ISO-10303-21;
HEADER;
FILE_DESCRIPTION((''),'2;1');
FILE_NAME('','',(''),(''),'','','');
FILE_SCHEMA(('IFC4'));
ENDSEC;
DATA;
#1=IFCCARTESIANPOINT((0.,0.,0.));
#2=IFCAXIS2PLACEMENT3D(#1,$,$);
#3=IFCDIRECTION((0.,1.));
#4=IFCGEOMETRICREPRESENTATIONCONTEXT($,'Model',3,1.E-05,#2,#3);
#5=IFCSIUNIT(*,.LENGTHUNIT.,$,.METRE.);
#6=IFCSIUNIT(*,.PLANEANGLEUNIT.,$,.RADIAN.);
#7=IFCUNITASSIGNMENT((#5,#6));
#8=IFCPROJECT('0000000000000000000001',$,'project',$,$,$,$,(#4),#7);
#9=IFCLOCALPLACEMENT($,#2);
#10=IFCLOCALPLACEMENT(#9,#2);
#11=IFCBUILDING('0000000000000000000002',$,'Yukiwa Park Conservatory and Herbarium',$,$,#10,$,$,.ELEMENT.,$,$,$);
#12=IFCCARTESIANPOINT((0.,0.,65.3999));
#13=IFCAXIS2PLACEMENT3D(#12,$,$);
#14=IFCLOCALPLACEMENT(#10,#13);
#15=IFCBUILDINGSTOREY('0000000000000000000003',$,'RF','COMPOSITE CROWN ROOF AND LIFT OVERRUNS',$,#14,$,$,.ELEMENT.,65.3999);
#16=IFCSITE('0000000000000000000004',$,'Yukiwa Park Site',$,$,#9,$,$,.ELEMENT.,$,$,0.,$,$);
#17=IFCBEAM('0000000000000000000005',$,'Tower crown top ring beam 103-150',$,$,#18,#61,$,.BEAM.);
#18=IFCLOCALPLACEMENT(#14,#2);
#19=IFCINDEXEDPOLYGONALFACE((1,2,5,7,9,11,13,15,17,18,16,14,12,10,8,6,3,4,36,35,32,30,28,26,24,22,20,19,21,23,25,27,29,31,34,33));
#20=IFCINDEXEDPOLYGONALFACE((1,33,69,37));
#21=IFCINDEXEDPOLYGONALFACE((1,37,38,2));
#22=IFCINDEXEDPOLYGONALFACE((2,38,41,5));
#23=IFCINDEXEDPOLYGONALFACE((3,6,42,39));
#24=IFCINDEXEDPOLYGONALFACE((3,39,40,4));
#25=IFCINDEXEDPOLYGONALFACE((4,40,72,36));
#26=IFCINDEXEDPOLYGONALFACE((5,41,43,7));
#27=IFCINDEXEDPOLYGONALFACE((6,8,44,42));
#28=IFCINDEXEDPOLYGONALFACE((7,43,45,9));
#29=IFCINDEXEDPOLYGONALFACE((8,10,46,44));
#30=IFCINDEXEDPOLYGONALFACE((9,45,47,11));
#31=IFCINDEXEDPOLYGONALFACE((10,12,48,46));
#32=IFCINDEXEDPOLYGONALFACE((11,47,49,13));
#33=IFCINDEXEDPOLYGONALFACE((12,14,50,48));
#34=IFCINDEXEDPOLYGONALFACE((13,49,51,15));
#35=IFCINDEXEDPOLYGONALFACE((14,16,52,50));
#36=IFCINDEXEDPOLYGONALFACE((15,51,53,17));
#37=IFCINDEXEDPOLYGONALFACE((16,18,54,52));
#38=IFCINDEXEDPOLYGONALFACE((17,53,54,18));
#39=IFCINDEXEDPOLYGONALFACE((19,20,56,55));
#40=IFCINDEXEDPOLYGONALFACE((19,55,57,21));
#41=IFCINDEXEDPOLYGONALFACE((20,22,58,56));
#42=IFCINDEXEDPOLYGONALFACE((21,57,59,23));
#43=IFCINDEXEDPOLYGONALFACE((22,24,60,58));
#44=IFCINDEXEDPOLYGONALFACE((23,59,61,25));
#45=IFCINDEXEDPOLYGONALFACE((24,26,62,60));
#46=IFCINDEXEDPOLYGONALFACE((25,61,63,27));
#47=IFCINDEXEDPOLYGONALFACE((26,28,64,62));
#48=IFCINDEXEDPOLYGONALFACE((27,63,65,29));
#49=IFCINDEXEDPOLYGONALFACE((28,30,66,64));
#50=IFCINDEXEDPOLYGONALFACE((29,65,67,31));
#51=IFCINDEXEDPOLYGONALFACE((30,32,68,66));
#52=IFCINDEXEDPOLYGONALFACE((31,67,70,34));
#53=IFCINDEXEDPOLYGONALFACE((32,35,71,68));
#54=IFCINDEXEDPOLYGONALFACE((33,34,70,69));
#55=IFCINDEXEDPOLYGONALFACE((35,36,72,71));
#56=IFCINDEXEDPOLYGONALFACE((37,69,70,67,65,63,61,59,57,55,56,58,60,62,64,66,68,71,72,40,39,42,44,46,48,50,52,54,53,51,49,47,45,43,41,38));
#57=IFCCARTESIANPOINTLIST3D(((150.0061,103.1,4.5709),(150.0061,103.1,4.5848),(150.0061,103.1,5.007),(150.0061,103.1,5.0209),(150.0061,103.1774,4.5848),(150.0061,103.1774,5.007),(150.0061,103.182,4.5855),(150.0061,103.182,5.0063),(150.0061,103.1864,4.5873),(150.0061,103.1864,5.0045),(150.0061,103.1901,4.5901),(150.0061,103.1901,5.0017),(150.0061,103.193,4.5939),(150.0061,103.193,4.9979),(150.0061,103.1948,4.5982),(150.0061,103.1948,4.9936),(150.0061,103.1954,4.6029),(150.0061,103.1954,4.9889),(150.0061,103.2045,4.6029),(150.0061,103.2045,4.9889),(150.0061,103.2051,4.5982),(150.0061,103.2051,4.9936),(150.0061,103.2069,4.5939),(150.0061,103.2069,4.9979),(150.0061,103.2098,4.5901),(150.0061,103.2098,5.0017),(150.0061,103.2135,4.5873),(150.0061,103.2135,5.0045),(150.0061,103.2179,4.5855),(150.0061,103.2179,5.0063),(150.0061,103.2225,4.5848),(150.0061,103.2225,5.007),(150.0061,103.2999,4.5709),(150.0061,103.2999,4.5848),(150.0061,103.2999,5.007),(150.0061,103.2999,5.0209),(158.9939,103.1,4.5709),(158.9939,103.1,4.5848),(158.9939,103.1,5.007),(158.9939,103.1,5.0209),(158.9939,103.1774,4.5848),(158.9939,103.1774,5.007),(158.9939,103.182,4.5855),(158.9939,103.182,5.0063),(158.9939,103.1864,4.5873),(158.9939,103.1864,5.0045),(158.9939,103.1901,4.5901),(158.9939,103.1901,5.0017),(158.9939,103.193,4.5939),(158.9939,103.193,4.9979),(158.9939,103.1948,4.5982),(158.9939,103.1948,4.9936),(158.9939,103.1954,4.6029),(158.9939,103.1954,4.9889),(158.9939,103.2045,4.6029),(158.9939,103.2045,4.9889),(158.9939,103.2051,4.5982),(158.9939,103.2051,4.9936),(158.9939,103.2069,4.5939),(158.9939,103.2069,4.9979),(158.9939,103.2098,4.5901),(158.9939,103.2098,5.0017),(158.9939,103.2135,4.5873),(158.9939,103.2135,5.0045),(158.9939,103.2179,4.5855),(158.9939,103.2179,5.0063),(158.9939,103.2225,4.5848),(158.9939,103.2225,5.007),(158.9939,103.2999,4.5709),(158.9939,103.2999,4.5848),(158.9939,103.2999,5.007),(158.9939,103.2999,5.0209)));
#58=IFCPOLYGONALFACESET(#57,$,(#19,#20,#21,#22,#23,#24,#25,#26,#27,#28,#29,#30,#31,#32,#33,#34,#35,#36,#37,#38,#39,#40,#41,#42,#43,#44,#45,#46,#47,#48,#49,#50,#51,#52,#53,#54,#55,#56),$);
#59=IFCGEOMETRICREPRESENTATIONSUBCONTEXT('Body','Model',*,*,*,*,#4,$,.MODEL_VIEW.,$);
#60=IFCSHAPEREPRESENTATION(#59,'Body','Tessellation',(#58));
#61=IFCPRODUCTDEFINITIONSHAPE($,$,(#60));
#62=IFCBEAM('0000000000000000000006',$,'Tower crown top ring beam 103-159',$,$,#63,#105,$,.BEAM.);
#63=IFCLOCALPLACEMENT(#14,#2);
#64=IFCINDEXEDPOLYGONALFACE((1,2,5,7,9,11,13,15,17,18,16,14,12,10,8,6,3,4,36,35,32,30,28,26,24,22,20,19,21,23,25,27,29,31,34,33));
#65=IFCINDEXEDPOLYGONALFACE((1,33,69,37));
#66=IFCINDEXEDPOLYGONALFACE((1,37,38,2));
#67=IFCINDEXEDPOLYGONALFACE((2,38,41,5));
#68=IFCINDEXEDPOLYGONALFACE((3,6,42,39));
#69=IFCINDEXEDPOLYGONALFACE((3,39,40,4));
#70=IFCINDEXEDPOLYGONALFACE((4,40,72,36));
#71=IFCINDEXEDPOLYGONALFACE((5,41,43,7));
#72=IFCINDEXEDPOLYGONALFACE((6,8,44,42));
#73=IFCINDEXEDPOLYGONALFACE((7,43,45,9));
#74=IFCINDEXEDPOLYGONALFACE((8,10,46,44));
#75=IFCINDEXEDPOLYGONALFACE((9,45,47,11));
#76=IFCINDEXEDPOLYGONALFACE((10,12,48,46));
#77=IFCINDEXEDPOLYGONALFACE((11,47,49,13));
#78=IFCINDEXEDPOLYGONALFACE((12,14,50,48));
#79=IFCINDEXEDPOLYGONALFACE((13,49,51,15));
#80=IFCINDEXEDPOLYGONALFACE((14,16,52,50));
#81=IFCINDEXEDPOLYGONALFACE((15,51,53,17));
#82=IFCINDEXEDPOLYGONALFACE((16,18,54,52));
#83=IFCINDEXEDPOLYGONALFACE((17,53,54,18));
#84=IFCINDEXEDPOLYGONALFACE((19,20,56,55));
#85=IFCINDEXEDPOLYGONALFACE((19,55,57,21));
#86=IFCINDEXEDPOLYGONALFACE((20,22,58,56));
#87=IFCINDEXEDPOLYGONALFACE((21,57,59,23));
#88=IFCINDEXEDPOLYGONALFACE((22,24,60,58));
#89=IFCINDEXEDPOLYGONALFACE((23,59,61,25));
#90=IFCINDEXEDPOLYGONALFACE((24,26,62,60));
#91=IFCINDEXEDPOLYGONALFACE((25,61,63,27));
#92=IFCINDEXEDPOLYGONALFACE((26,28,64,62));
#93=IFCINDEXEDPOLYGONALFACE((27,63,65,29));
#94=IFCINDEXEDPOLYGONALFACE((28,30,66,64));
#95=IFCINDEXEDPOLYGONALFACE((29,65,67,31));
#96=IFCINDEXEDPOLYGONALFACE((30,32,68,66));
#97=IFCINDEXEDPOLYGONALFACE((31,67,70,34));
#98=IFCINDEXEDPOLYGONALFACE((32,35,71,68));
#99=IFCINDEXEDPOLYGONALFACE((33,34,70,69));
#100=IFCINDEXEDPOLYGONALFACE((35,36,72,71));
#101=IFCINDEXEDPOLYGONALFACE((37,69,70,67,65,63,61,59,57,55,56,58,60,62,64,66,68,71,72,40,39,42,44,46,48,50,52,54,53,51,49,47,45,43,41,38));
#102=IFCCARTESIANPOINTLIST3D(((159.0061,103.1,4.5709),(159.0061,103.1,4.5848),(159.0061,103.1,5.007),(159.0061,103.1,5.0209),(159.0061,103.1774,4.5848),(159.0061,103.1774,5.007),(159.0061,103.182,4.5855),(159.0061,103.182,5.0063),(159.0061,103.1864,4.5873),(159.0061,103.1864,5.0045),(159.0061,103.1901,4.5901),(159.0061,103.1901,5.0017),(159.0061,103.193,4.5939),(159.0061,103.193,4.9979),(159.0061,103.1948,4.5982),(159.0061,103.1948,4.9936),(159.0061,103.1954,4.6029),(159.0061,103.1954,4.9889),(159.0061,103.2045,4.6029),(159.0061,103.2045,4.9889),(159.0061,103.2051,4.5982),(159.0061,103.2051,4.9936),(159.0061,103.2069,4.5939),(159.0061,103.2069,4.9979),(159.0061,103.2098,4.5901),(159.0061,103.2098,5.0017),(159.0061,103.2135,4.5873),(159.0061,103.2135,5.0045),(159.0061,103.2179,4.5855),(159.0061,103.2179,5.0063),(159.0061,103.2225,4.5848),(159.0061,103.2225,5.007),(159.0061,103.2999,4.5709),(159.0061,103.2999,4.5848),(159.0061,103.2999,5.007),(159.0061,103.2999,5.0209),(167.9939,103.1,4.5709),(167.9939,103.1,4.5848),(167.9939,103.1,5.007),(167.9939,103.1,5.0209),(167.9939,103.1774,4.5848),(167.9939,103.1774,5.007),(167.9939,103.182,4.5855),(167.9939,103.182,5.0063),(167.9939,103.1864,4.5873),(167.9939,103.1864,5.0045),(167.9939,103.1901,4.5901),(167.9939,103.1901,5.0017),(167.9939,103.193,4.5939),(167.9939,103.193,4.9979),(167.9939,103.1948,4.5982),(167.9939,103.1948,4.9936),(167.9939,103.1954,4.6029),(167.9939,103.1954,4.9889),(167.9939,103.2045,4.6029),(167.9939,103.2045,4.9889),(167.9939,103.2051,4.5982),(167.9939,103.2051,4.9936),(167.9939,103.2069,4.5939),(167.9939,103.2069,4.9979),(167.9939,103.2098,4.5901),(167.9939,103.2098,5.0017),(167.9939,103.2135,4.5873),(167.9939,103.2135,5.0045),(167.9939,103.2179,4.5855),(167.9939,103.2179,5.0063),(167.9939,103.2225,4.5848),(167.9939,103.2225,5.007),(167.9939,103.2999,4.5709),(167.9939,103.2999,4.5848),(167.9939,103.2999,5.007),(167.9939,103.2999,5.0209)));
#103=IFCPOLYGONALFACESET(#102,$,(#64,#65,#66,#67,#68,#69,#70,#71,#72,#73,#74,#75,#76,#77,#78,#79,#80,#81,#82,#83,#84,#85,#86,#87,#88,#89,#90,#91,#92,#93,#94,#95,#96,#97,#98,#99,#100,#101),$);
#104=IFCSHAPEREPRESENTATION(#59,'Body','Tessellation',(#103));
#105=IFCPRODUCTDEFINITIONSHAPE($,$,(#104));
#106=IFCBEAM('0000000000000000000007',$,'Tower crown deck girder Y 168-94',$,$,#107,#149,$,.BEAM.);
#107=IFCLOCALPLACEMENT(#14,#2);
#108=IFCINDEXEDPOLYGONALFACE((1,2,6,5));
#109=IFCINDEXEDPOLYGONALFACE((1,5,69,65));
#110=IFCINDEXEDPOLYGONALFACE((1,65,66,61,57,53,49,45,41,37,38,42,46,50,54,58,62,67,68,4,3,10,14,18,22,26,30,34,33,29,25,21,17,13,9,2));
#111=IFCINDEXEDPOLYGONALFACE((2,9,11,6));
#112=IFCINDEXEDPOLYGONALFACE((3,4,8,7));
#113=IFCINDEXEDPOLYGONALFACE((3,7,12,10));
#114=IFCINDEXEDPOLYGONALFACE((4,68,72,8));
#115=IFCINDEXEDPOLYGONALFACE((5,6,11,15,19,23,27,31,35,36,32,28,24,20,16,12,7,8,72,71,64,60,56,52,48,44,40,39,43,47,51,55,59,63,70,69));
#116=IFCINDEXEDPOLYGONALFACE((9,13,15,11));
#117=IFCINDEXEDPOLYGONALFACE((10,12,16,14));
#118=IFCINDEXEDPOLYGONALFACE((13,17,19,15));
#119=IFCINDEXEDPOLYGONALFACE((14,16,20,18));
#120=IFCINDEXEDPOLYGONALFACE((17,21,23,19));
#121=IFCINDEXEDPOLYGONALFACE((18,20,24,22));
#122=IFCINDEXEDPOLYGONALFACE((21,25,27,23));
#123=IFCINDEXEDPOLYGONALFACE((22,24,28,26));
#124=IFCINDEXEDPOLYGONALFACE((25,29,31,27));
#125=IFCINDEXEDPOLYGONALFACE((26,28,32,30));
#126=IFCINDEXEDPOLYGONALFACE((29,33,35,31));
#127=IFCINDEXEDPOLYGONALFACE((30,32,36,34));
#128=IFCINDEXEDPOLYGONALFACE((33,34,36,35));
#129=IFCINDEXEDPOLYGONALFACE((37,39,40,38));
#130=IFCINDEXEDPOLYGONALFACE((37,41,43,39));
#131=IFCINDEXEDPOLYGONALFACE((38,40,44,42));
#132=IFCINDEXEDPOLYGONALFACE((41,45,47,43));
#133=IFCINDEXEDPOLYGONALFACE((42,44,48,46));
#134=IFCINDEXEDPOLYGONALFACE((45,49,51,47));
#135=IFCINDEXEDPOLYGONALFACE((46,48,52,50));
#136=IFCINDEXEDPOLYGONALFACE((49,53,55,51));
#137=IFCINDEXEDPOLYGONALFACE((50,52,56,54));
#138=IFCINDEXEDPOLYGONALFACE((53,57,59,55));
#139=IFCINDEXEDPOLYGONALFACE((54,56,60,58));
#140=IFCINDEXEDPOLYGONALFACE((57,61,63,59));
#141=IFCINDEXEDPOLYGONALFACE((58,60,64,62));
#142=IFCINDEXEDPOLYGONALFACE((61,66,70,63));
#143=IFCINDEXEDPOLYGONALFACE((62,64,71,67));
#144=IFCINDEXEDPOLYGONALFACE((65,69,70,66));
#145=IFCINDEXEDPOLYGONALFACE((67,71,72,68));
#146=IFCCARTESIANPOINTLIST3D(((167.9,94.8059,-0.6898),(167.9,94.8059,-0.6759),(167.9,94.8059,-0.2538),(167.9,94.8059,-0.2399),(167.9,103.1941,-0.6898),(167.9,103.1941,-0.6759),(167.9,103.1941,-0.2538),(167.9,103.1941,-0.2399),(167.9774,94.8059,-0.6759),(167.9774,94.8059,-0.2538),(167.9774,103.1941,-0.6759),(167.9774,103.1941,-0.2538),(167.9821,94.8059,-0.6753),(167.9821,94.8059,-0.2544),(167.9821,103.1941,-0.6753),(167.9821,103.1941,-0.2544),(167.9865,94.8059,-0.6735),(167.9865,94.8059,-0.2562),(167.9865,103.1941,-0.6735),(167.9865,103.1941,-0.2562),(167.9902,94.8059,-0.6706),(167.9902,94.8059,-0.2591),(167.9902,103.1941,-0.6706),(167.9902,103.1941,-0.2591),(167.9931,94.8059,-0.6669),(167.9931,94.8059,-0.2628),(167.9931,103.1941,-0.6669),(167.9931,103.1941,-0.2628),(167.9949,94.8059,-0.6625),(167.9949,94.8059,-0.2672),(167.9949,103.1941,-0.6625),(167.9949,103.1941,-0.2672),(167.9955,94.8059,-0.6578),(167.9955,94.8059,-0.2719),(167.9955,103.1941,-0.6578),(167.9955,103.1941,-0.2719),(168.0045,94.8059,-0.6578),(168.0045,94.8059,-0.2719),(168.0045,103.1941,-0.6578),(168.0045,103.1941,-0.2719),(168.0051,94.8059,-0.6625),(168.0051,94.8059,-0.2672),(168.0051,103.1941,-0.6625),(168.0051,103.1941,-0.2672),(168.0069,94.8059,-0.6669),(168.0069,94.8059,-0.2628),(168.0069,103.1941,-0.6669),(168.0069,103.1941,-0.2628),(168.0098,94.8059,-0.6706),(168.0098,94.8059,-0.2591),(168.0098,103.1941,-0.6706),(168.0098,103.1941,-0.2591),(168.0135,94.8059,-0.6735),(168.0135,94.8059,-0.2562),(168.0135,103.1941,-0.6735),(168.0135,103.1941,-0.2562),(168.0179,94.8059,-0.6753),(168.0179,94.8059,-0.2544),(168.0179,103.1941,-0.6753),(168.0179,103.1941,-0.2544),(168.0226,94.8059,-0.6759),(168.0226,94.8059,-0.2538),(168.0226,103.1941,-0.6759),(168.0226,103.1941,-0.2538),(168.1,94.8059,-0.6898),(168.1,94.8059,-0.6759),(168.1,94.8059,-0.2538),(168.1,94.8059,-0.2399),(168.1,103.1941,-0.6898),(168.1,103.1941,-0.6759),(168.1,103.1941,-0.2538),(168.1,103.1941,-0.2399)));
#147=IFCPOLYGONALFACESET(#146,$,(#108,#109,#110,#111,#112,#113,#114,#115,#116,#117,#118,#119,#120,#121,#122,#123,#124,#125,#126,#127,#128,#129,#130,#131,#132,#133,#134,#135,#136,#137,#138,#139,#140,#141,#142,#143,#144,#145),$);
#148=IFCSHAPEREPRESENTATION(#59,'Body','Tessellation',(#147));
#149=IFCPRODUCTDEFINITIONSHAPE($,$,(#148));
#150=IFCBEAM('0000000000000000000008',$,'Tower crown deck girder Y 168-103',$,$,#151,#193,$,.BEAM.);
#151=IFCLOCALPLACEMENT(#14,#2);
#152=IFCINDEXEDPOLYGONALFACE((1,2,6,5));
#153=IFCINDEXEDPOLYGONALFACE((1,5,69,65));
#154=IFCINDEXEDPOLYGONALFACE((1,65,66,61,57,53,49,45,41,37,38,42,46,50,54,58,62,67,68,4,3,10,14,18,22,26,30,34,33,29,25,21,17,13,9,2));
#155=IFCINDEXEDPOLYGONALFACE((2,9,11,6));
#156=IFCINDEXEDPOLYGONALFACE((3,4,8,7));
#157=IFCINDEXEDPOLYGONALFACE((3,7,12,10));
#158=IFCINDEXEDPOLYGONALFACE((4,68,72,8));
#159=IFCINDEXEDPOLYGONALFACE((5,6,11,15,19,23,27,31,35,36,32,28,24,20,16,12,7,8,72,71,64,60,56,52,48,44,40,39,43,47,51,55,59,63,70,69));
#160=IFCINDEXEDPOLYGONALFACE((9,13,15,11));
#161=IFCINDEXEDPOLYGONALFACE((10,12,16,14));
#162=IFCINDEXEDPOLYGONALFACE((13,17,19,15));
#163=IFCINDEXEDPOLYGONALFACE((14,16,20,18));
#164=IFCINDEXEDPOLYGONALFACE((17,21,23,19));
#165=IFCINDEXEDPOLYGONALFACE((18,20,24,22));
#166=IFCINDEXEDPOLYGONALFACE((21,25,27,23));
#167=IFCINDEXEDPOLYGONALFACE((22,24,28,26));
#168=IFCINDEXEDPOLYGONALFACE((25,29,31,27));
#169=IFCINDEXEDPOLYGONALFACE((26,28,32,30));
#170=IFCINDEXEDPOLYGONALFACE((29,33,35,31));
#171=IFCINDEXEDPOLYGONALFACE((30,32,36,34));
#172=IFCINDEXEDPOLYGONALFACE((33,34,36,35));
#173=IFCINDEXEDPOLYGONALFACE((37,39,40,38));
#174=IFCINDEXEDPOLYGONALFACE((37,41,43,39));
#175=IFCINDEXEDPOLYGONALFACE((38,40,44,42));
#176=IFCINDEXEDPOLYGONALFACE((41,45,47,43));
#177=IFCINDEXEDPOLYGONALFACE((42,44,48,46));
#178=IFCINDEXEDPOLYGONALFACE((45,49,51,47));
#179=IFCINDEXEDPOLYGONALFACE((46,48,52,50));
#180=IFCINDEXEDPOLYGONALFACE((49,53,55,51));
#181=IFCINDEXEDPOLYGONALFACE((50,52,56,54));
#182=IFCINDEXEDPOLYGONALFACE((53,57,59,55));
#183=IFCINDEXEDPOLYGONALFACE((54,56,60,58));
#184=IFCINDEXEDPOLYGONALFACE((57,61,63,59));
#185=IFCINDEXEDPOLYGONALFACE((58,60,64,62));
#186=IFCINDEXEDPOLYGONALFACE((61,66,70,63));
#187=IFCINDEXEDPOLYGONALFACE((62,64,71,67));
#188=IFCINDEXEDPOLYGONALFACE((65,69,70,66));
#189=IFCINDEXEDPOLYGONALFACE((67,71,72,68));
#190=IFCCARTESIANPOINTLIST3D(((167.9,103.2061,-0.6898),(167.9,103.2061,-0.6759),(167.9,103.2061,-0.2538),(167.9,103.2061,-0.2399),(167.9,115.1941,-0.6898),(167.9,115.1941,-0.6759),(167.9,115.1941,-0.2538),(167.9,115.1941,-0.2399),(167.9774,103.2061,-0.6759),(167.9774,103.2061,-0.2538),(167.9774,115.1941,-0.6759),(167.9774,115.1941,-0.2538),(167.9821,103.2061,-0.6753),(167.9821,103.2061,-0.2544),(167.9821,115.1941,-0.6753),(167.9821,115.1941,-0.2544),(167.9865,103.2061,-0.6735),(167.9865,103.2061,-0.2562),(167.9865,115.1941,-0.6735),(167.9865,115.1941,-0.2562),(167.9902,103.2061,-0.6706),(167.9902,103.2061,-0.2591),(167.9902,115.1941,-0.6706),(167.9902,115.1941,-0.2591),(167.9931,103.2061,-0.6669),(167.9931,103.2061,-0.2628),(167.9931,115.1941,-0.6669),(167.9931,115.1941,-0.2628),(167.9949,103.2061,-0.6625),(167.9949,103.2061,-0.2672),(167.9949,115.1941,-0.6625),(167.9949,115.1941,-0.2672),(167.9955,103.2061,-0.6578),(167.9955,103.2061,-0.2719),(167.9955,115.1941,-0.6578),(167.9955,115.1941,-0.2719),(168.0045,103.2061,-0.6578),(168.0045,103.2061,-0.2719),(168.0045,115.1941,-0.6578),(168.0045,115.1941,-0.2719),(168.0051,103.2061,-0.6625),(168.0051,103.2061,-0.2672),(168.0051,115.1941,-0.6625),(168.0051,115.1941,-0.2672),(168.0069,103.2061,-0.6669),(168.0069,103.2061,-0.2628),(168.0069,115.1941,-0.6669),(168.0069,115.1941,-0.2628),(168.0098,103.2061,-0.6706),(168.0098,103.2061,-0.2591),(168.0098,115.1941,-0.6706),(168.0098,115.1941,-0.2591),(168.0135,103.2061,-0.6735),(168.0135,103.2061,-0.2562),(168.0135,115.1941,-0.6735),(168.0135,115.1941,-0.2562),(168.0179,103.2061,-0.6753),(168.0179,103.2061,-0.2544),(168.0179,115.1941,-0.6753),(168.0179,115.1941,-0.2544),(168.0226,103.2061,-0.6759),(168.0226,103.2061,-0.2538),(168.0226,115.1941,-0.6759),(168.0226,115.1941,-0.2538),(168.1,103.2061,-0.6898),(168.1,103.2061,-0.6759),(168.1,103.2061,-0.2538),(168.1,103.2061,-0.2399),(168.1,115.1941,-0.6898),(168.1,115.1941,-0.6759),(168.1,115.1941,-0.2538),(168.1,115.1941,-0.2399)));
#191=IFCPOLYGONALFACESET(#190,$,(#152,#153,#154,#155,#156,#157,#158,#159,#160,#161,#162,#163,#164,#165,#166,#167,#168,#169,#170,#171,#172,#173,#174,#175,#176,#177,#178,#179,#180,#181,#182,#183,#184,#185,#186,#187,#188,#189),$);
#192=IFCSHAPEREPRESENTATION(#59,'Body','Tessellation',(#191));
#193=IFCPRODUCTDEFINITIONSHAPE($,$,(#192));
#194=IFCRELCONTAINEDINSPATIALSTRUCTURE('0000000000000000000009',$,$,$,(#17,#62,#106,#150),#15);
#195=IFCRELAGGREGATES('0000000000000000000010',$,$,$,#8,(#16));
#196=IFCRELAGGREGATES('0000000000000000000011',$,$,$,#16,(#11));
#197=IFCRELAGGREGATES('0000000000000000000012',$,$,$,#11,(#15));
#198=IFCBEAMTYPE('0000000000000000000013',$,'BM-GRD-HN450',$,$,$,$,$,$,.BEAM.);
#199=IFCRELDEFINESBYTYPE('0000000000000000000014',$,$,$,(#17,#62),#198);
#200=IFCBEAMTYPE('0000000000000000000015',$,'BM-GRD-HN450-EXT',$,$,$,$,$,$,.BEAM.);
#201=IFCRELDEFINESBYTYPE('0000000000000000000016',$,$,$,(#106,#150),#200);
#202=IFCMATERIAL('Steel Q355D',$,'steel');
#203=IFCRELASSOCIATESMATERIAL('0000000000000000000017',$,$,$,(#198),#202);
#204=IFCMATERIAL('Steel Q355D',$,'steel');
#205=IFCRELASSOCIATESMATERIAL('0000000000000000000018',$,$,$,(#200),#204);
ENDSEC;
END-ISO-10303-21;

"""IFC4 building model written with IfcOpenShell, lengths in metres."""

from ifc_helpers import new_model, si_unit, direction, frame, origin, origin_2d, place, context, subcontext, project, spatial, i_section, extrude, material, material_profile, profile_set, type_object, element, save


model = new_model("IFC4")

# Units and contexts
model_context = context("Model", 3, precision=1e-05, world=origin(), true_north=direction((0.0, 1.0)))
body_context = subcontext(model_context, "Body", "Model", "MODEL_VIEW")
ifc_project = project(units=[si_unit("LENGTHUNIT", "METRE"), si_unit("PLANEANGLEUNIT", "RADIAN")], contexts=[model_context])

# Site, building, storey
site_placement = place(None, origin())
site = spatial("IfcSite", under=ifc_project, at=site_placement, Name="Yukiwa Park Site", CompositionType="ELEMENT", RefElevation=0.0)
building_placement = place(site_placement, origin())
building = spatial("IfcBuilding", under=site, at=building_placement, Name="Yukiwa Park Conservatory and Herbarium", CompositionType="ELEMENT")
storey_placement = place(building_placement, frame((0.0, 0.0, 65.3999)))
storey = spatial("IfcBuildingStorey", under=building, at=storey_placement, Name="RF", Description="COMPOSITE CROWN ROOF AND LIFT OVERRUNS", CompositionType="ELEMENT", Elevation=65.3999)

# Beams
ifc_material_1 = material(Name="Steel Q355D", Category="steel")
ifc_material_profile_1 = material_profile(ifc_material_1, i_section(OverallWidth=0.2, OverallDepth=0.45, WebThickness=0.009, FlangeThickness=0.0139, FilletRadius=0.0181, at=origin_2d()), Name="HN 450x200x9x14")
ifc_profile_set_1 = profile_set([ifc_material_profile_1], Name="Steel Q355D")
beam_type_1 = type_object("IfcBeamType", Name="BM-GRD-HN450", PredefinedType="BEAM", material=ifc_profile_set_1)
for number, where, z_axis, x_axis, name in (
    (1, (150.0061, 103.2, 4.7959), (1.0, 0.0, 0.0), (0.0, 1.0, 0.0), "Tower crown top ring beam 103-150"),
    (2, (159.0061, 103.2, 4.7959), (1.0, 0.0, 0.0), (0.0, 1.0, 0.0), "Tower crown top ring beam 103-159"),
):
    element("IfcBeam", number, at=place(storey_placement, frame(where, z_axis=z_axis, x_axis=x_axis)), inside=storey, type_object=beam_type_1, Name=name, PredefinedType="BEAM", context=body_context, shape_type="SweptSolid", body=[
        extrude(i_section(OverallWidth=0.2, OverallDepth=0.45, WebThickness=0.009, FlangeThickness=0.0139, FilletRadius=0.0181, at=origin_2d()), origin(), (0.0, 0.0, 1.0), 8.9878),
    ])
ifc_material_2 = material(Name="Steel Q355D", Category="steel")
ifc_material_profile_2 = material_profile(ifc_material_2, i_section(OverallWidth=0.2, OverallDepth=0.45, WebThickness=0.009, FlangeThickness=0.0139, FilletRadius=0.0181, at=origin_2d()), Name="HN 450x200x9x14")
ifc_profile_set_2 = profile_set([ifc_material_profile_2], Name="Steel Q355D")
beam_type_2 = type_object("IfcBeamType", Name="BM-GRD-HN450-EXT", PredefinedType="BEAM", material=ifc_profile_set_2)
beam_1_placement = place(storey_placement, frame((168.0, 94.8059, -0.4648), z_axis=(0.0, 1.0, 0.0), x_axis=(-1.0, 0.0, 0.0)))
element("IfcBeam", 3, at=beam_1_placement, inside=storey, type_object=beam_type_2, Name="Tower crown deck girder Y 168-94", PredefinedType="BEAM", context=body_context, shape_type="SweptSolid", body=[
    extrude(i_section(OverallWidth=0.2, OverallDepth=0.45, WebThickness=0.009, FlangeThickness=0.0139, FilletRadius=0.0181, at=origin_2d()), origin(), (0.0, 0.0, 1.0), 8.3882),
])
beam_2_placement = place(storey_placement, frame((168.0, 103.2061, -0.4648), z_axis=(0.0, 1.0, 0.0), x_axis=(-1.0, 0.0, 0.0)))
element("IfcBeam", 4, at=beam_2_placement, inside=storey, type_object=beam_type_2, Name="Tower crown deck girder Y 168-103", PredefinedType="BEAM", context=body_context, shape_type="SweptSolid", body=[
    extrude(i_section(OverallWidth=0.2, OverallDepth=0.45, WebThickness=0.009, FlangeThickness=0.0139, FilletRadius=0.0181, at=origin_2d()), origin(), (0.0, 0.0, 1.0), 11.988),
])

save(model, "model.ifc")
